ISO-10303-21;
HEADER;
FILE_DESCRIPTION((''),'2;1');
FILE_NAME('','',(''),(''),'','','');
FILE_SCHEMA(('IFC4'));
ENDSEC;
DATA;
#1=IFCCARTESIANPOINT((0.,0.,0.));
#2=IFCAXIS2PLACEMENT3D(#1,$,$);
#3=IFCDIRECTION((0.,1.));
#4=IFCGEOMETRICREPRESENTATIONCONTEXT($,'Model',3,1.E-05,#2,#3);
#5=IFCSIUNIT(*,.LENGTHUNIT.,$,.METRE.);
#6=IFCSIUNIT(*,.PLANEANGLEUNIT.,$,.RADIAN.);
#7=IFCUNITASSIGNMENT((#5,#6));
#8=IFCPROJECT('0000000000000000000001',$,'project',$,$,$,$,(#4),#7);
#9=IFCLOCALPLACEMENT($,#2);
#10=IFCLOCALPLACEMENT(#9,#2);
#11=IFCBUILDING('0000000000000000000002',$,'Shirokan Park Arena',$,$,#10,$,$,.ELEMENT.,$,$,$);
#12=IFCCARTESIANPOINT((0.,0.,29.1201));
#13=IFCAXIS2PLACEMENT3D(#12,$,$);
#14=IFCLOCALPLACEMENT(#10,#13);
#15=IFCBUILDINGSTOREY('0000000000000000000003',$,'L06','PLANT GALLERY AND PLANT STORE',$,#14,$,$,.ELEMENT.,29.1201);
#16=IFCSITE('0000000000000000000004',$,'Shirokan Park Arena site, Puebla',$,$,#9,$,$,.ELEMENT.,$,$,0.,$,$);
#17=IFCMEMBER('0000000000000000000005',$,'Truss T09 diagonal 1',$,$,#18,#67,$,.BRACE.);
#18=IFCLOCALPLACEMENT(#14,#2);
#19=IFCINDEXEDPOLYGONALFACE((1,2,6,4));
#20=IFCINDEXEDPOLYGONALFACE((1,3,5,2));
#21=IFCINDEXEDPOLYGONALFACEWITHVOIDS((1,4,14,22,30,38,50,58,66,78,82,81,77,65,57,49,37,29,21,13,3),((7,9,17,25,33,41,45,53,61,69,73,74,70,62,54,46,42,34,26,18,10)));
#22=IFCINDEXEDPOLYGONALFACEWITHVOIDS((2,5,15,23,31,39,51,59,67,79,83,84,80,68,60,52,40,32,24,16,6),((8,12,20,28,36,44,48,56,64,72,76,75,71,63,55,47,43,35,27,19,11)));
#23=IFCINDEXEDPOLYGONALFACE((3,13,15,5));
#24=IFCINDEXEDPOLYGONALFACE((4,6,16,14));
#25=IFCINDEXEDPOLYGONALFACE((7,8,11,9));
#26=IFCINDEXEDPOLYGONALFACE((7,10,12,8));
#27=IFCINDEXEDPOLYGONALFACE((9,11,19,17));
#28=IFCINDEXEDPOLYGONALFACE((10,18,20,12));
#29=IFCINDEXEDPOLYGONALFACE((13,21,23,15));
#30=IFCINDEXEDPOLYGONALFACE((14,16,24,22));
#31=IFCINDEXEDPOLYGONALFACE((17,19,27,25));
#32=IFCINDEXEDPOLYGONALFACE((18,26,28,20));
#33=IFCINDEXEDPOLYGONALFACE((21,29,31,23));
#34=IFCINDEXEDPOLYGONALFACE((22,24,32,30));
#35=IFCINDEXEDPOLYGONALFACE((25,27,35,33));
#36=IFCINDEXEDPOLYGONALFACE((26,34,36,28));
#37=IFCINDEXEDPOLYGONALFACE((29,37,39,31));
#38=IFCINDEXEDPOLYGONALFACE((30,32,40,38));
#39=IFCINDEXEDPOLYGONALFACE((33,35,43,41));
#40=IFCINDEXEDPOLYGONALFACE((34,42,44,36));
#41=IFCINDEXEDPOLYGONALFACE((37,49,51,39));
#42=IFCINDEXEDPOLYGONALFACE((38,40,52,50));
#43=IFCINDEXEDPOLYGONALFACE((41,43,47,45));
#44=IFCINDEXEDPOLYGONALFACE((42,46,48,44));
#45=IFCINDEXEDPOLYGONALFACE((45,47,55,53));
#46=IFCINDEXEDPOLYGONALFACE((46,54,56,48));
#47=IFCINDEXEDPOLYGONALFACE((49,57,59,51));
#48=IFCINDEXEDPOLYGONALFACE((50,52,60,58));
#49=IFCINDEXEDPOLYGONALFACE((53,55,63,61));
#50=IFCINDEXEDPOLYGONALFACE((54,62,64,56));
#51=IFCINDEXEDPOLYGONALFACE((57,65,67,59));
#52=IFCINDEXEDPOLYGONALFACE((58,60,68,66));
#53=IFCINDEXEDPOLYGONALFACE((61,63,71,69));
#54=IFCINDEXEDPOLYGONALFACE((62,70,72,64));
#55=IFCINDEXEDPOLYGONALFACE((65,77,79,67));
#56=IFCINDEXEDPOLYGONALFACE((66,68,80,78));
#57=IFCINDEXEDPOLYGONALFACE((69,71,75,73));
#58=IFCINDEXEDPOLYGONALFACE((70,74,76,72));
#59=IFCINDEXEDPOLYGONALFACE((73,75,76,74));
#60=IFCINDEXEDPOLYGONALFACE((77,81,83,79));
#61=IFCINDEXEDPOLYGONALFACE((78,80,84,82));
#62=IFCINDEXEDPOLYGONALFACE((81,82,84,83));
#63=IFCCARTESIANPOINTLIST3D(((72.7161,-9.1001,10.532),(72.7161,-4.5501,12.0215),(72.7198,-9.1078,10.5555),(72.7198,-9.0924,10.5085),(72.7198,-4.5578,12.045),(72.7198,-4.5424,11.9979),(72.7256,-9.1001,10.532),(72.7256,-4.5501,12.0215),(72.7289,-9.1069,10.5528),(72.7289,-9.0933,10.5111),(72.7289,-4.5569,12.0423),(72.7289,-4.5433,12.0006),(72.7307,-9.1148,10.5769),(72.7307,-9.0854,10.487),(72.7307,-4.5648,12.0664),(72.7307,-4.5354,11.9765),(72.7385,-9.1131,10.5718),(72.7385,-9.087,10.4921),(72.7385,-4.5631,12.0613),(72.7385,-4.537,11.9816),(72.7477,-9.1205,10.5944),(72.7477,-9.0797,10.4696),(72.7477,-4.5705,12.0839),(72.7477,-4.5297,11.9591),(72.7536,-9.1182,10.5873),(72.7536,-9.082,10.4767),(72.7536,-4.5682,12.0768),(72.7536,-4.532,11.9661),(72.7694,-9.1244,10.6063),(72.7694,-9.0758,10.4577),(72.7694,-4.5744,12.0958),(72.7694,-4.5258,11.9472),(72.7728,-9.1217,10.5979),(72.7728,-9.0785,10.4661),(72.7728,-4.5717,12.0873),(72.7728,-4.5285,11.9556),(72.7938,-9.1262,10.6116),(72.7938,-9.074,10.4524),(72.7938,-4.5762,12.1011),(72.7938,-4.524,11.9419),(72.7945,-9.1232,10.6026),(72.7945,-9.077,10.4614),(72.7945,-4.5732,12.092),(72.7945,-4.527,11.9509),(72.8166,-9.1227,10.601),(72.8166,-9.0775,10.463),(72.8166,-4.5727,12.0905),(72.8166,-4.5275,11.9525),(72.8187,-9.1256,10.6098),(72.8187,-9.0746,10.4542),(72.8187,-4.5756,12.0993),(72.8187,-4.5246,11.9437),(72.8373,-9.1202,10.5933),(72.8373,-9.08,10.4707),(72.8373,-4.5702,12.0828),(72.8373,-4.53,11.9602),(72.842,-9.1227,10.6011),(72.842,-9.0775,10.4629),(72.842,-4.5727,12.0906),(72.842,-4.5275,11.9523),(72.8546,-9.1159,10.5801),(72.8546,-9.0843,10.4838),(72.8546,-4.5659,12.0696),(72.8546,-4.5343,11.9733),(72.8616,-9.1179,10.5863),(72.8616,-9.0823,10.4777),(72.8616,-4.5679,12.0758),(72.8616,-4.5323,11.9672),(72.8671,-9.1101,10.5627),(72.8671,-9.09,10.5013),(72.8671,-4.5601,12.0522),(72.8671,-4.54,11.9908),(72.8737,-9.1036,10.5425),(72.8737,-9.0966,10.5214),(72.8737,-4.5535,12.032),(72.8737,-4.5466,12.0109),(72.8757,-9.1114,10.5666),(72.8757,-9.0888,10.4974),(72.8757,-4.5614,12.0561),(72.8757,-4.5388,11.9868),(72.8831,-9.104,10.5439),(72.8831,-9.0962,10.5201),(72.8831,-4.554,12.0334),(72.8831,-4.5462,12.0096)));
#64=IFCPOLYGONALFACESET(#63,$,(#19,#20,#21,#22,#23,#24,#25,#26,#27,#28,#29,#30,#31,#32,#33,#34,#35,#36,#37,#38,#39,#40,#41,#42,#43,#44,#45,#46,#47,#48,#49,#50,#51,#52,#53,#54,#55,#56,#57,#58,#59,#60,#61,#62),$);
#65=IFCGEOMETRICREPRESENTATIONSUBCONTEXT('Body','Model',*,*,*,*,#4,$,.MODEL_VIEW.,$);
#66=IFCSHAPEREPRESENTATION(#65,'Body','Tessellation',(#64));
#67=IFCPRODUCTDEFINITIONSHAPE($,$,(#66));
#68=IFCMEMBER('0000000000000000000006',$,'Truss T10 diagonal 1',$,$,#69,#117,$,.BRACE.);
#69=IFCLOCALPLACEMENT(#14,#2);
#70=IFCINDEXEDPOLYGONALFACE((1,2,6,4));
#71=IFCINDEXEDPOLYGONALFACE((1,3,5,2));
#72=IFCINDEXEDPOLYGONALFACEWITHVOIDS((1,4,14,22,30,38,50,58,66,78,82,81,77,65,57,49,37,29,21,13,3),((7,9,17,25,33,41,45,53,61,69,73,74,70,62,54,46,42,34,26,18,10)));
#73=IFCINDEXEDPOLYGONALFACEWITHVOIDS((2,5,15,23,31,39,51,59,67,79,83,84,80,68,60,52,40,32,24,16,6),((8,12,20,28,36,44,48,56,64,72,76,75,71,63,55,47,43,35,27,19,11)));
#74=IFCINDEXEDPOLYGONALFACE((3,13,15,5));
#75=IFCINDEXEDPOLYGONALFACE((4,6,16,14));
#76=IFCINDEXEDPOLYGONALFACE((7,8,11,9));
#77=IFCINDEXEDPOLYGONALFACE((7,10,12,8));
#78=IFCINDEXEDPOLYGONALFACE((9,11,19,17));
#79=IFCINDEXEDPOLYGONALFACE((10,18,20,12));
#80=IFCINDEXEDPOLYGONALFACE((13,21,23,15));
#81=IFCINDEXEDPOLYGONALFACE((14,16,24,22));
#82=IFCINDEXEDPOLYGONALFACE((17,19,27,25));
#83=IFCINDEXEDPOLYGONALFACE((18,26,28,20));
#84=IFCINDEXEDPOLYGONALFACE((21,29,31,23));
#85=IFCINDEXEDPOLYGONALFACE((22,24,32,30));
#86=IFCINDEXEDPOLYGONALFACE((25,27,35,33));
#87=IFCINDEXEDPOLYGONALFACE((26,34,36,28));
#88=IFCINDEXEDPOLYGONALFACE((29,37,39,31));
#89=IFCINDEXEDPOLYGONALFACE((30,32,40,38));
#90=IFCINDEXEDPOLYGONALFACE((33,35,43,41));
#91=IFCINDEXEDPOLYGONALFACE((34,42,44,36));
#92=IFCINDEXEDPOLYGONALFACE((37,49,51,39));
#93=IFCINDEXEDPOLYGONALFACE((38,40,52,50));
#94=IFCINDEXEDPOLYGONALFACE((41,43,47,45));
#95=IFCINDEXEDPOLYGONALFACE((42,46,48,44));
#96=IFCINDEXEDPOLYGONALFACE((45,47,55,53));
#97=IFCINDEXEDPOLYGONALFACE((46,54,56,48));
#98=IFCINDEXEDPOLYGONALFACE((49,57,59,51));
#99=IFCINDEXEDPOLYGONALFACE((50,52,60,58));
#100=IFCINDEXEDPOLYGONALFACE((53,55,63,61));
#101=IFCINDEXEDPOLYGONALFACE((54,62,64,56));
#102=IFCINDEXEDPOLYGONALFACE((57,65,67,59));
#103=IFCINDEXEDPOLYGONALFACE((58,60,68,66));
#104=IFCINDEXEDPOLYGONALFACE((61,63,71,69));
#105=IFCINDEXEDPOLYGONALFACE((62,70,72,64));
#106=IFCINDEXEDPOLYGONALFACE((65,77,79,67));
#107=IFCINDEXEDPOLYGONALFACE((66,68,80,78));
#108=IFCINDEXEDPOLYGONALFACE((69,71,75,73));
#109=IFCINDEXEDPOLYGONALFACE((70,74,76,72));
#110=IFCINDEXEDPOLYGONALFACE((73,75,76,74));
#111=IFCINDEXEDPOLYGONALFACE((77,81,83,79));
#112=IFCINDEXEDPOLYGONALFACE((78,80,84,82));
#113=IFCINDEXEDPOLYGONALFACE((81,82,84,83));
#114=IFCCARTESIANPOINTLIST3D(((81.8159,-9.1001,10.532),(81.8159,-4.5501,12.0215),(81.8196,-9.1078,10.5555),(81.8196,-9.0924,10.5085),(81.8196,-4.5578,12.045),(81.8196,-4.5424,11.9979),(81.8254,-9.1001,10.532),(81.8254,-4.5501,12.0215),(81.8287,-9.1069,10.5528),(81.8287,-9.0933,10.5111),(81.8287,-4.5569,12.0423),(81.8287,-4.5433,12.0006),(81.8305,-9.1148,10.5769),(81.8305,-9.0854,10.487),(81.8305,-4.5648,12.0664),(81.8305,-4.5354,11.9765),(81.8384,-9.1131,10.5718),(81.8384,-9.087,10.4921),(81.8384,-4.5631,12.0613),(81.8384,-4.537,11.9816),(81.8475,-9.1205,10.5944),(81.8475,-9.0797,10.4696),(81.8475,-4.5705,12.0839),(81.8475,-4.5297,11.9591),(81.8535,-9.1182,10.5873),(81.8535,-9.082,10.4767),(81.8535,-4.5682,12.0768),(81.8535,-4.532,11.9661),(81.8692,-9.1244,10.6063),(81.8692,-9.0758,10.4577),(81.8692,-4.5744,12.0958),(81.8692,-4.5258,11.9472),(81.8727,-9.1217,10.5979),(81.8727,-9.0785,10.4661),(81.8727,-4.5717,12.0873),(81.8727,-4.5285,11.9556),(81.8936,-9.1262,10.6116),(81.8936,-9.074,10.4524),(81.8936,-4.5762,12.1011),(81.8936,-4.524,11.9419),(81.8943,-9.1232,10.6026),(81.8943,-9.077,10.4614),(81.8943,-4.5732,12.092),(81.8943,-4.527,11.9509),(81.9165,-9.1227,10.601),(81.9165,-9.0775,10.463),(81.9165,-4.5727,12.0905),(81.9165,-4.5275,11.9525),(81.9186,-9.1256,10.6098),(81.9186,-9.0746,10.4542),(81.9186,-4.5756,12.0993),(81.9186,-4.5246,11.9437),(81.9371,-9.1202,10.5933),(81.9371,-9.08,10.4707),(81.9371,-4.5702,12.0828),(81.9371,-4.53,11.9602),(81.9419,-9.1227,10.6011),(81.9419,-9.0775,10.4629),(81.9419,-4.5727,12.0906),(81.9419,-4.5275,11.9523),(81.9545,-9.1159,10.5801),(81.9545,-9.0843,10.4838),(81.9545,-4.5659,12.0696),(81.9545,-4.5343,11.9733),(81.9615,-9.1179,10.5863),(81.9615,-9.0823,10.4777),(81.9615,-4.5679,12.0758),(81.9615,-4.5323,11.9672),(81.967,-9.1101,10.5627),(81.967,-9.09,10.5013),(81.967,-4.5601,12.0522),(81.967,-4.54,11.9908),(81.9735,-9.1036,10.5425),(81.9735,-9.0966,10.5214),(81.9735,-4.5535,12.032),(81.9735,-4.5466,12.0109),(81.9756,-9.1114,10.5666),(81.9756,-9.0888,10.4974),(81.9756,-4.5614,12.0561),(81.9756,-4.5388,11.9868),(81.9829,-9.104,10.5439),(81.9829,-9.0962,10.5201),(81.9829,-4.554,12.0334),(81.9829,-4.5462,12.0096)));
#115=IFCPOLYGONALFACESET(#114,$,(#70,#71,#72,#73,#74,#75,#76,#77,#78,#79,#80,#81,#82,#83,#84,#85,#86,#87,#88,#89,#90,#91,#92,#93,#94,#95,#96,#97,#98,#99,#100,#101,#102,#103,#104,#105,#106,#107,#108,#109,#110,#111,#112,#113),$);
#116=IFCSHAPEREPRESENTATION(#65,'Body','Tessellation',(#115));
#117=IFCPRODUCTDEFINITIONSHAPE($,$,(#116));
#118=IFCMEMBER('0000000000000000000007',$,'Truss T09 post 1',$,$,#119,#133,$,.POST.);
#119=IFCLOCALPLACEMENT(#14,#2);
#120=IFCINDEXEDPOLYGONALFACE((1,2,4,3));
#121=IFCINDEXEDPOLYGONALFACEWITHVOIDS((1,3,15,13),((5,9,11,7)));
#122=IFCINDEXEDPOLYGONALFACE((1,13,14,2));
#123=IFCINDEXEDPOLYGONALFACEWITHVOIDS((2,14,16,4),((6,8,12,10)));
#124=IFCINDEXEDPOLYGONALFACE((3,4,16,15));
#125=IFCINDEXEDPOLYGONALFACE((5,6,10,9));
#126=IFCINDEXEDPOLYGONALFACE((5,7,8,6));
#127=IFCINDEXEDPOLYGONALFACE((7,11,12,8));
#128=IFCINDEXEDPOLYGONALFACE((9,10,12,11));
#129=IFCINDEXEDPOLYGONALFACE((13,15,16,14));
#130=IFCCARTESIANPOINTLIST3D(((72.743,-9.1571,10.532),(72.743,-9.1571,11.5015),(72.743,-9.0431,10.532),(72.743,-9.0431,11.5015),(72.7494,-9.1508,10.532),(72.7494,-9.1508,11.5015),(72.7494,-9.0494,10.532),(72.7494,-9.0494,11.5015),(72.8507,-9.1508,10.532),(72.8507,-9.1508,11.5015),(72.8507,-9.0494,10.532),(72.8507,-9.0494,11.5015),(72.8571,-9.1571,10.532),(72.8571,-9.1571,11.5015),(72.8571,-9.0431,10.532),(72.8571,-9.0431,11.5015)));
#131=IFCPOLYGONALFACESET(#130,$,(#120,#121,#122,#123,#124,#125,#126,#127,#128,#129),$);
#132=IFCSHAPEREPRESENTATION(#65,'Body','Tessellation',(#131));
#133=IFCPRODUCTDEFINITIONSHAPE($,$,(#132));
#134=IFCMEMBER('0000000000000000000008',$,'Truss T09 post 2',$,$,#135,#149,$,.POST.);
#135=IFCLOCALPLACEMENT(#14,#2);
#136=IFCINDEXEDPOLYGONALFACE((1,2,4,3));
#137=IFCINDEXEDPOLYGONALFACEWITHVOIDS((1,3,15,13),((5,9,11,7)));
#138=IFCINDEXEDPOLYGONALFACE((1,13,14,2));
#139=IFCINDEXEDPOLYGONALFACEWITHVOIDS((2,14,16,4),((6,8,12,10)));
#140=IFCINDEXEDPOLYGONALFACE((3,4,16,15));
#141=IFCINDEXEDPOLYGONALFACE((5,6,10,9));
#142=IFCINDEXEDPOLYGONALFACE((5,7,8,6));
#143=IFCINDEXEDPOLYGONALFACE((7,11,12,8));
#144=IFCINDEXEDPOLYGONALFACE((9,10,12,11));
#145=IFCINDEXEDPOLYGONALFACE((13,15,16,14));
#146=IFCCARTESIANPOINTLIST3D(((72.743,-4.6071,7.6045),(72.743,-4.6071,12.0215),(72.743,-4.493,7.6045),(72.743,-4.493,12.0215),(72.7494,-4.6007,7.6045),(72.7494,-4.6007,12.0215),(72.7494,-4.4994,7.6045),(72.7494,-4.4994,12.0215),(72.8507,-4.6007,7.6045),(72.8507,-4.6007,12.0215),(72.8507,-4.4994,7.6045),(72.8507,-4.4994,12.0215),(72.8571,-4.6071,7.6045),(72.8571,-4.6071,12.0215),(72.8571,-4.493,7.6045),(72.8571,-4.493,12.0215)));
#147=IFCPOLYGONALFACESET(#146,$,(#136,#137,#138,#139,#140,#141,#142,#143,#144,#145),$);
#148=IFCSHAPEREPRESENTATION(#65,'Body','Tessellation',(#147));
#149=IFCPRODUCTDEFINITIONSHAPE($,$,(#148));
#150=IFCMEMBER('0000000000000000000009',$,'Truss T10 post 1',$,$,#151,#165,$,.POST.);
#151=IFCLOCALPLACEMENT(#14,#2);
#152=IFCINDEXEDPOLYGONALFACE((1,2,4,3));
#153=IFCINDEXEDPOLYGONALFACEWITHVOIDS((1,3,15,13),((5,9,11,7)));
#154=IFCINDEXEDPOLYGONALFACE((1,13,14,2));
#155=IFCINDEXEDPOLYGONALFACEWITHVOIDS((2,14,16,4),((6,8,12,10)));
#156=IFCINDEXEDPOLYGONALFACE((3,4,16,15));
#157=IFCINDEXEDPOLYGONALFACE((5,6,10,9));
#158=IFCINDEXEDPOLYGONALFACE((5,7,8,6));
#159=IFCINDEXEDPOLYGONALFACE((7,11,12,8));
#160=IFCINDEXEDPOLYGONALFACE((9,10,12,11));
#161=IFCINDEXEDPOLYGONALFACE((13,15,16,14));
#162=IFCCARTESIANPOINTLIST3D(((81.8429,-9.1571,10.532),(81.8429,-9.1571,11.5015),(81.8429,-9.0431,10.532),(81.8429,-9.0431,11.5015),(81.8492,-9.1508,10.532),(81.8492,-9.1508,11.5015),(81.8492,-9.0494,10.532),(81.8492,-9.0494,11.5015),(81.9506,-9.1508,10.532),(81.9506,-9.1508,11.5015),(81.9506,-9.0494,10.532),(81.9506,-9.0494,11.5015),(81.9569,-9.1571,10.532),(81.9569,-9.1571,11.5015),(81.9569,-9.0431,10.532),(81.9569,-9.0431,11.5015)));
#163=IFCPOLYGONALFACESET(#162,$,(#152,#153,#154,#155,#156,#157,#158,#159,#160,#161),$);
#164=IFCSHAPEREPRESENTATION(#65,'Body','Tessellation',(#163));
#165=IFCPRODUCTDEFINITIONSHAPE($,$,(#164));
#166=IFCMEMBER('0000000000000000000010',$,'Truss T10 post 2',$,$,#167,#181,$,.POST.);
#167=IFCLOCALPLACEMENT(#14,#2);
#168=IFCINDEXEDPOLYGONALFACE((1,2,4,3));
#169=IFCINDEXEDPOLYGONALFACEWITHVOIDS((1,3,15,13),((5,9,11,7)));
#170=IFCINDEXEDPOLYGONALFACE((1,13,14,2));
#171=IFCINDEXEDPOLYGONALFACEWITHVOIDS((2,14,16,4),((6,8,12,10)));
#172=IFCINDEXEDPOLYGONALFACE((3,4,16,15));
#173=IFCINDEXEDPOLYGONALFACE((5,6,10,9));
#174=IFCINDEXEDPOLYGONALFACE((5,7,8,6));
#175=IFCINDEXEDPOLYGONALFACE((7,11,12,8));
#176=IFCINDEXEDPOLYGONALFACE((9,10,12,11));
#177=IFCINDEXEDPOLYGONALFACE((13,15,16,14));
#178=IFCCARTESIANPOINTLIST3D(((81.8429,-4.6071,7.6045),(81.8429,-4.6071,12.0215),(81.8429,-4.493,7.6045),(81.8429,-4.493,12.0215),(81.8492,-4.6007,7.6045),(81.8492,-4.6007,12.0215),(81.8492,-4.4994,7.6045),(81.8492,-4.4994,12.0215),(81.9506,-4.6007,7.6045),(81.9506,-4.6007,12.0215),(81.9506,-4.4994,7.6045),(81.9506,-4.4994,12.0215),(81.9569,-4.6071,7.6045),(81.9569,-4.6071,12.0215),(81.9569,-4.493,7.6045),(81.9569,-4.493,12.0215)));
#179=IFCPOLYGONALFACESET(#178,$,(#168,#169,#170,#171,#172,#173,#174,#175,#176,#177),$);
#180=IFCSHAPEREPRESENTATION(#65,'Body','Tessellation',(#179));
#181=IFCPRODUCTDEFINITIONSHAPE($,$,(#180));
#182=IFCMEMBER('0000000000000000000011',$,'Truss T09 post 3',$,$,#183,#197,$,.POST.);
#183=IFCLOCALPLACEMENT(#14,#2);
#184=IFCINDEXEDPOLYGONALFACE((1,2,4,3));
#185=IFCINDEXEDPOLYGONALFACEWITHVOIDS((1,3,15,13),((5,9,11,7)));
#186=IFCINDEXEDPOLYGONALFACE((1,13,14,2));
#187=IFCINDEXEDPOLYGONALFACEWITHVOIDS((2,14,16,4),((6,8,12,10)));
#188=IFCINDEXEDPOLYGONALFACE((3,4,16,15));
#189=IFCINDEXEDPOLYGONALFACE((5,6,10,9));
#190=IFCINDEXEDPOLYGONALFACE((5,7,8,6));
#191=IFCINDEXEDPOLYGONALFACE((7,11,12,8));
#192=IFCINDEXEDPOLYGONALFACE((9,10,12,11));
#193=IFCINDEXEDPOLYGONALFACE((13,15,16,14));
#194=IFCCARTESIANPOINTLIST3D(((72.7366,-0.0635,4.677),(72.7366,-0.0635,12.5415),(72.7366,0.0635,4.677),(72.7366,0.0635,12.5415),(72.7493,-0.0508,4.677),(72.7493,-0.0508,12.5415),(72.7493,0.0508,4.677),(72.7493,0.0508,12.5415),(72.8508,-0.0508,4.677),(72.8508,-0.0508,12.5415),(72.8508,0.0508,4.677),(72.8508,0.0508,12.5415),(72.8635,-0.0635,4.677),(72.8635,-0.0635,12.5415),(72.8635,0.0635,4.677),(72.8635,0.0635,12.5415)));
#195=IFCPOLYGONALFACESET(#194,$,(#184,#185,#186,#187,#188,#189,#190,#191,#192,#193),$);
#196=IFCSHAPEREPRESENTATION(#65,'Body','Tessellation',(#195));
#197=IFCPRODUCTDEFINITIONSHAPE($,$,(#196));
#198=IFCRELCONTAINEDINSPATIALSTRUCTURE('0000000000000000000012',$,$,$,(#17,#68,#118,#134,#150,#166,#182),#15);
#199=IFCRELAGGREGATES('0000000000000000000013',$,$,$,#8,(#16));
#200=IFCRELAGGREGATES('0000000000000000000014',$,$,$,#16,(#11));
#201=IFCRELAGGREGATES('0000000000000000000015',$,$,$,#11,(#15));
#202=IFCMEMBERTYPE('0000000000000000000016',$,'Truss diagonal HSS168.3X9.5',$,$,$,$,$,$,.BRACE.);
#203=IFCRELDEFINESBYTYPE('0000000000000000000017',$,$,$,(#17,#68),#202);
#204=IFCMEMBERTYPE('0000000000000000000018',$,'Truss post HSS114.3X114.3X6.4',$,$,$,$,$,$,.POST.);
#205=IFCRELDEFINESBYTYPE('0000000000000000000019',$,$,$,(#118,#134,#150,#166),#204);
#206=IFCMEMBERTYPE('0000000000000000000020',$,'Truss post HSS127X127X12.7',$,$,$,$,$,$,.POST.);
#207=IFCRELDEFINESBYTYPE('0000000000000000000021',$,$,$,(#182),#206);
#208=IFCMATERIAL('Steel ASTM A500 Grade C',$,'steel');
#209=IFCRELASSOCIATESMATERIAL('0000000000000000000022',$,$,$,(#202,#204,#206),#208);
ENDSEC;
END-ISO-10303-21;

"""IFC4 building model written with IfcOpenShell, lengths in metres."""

from ifc_helpers import new_model, si_unit, direction, frame, origin, origin_2d, place, context, subcontext, project, spatial, hollow_rectangle, hollow_circle, extrude, material, material_profile, profile_set, type_object, element, save


model = new_model("IFC4")

# Units and contexts
model_context = context("Model", 3, precision=1e-05, world=origin(), true_north=direction((0.0, 1.0)))
body_context = subcontext(model_context, "Body", "Model", "MODEL_VIEW")
ifc_project = project(units=[si_unit("LENGTHUNIT", "METRE"), si_unit("PLANEANGLEUNIT", "RADIAN")], contexts=[model_context])

# Site, building, storey
site_placement = place(None, origin())
site = spatial("IfcSite", under=ifc_project, at=site_placement, Name="Shirokan Park Arena site, Puebla", CompositionType="ELEMENT", RefElevation=0.0)
building_placement = place(site_placement, origin())
building = spatial("IfcBuilding", under=site, at=building_placement, Name="Shirokan Park Arena", CompositionType="ELEMENT")
storey_placement = place(building_placement, frame((0.0, 0.0, 29.1201)))
storey = spatial("IfcBuildingStorey", under=building, at=storey_placement, Name="L06", Description="PLANT GALLERY AND PLANT STORE", CompositionType="ELEMENT", Elevation=29.1201)

# Shared definitions
ifc_material_1 = material(Name="Steel ASTM A500 Grade C", Category="steel")

# Members
ifc_material_profile_1 = material_profile(ifc_material_1, hollow_circle(Radius=0.084, WallThickness=0.0095, at=origin_2d()), Name="HSS168.3X9.5")
ifc_profile_set_1 = profile_set([ifc_material_profile_1], Name="Steel ASTM A500 Grade C")
member_type_1 = type_object("IfcMemberType", Name="Truss diagonal HSS168.3X9.5", PredefinedType="BRACE", material=ifc_profile_set_1)
for number, where, z_axis, x_axis, name in (
    (1, (72.8, -9.1001, 10.532), (0.0, 0.950373, 0.311114), (-1.0, 0.0, 0.0), "Truss T09 diagonal 1"),
    (2, (81.8999, -9.1001, 10.532), (0.0, 0.950373, 0.311114), (-1.0, 0.0, 0.0), "Truss T10 diagonal 1"),
):
    element("IfcMember", number, at=place(storey_placement, frame(where, z_axis=z_axis, x_axis=x_axis)), inside=storey, type_object=member_type_1, Name=name, PredefinedType="BRACE", context=body_context, shape_type="SweptSolid", body=[
        extrude(hollow_circle(Radius=0.084, WallThickness=0.0095, at=origin_2d()), origin(), (0.0, 0.0, 1.0), 4.7876),
    ])
ifc_material_profile_2 = material_profile(ifc_material_1, hollow_rectangle(XDim=0.114, YDim=0.114, WallThickness=0.0063, at=origin_2d()), Name="HSS114.3X114.3X6.4")
ifc_profile_set_2 = profile_set([ifc_material_profile_2], Name="Steel ASTM A500 Grade C")
member_type_2 = type_object("IfcMemberType", Name="Truss post HSS114.3X114.3X6.4", PredefinedType="POST", material=ifc_profile_set_2)
member_1_placement = place(storey_placement, frame((72.8, -9.1001, 10.532), z_axis=(0.0, 0.0, 1.0), x_axis=(1.0, 0.0, 0.0)))
element("IfcMember", 3, at=member_1_placement, inside=storey, type_object=member_type_2, Name="Truss T09 post 1", PredefinedType="POST", context=body_context, shape_type="SweptSolid", body=[
    extrude(hollow_rectangle(XDim=0.114, YDim=0.114, WallThickness=0.0063, at=origin_2d()), origin(), (0.0, 0.0, 1.0), 0.9695),
])
member_2_placement = place(storey_placement, frame((72.8, -4.55, 7.6045), z_axis=(0.0, 0.0, 1.0), x_axis=(1.0, 0.0, 0.0)))
element("IfcMember", 4, at=member_2_placement, inside=storey, type_object=member_type_2, Name="Truss T09 post 2", PredefinedType="POST", context=body_context, shape_type="SweptSolid", body=[
    extrude(hollow_rectangle(XDim=0.114, YDim=0.114, WallThickness=0.0063, at=origin_2d()), origin(), (0.0, 0.0, 1.0), 4.417),
])
member_3_placement = place(storey_placement, frame((81.8999, -9.1001, 10.532), z_axis=(0.0, 0.0, 1.0), x_axis=(1.0, 0.0, 0.0)))
element("IfcMember", 5, at=member_3_placement, inside=storey, type_object=member_type_2, Name="Truss T10 post 1", PredefinedType="POST", context=body_context, shape_type="SweptSolid", body=[
    extrude(hollow_rectangle(XDim=0.114, YDim=0.114, WallThickness=0.0063, at=origin_2d()), origin(), (0.0, 0.0, 1.0), 0.9695),
])
member_4_placement = place(storey_placement, frame((81.8999, -4.55, 7.6045), z_axis=(0.0, 0.0, 1.0), x_axis=(1.0, 0.0, 0.0)))
element("IfcMember", 6, at=member_4_placement, inside=storey, type_object=member_type_2, Name="Truss T10 post 2", PredefinedType="POST", context=body_context, shape_type="SweptSolid", body=[
    extrude(hollow_rectangle(XDim=0.114, YDim=0.114, WallThickness=0.0063, at=origin_2d()), origin(), (0.0, 0.0, 1.0), 4.417),
])
ifc_material_profile_3 = material_profile(ifc_material_1, hollow_rectangle(XDim=0.127, YDim=0.127, WallThickness=0.0127, at=origin_2d()), Name="HSS127X127X12.7")
ifc_profile_set_3 = profile_set([ifc_material_profile_3], Name="Steel ASTM A500 Grade C")
member_type_3 = type_object("IfcMemberType", Name="Truss post HSS127X127X12.7", PredefinedType="POST", material=ifc_profile_set_3)
member_5_placement = place(storey_placement, frame((72.8, 0.0, 4.677), z_axis=(0.0, 0.0, 1.0), x_axis=(1.0, 0.0, 0.0)))
element("IfcMember", 7, at=member_5_placement, inside=storey, type_object=member_type_3, Name="Truss T09 post 3", PredefinedType="POST", context=body_context, shape_type="SweptSolid", body=[
    extrude(hollow_rectangle(XDim=0.127, YDim=0.127, WallThickness=0.0127, at=origin_2d()), origin(), (0.0, 0.0, 1.0), 7.8645),
])

save(model, "model.ifc")
